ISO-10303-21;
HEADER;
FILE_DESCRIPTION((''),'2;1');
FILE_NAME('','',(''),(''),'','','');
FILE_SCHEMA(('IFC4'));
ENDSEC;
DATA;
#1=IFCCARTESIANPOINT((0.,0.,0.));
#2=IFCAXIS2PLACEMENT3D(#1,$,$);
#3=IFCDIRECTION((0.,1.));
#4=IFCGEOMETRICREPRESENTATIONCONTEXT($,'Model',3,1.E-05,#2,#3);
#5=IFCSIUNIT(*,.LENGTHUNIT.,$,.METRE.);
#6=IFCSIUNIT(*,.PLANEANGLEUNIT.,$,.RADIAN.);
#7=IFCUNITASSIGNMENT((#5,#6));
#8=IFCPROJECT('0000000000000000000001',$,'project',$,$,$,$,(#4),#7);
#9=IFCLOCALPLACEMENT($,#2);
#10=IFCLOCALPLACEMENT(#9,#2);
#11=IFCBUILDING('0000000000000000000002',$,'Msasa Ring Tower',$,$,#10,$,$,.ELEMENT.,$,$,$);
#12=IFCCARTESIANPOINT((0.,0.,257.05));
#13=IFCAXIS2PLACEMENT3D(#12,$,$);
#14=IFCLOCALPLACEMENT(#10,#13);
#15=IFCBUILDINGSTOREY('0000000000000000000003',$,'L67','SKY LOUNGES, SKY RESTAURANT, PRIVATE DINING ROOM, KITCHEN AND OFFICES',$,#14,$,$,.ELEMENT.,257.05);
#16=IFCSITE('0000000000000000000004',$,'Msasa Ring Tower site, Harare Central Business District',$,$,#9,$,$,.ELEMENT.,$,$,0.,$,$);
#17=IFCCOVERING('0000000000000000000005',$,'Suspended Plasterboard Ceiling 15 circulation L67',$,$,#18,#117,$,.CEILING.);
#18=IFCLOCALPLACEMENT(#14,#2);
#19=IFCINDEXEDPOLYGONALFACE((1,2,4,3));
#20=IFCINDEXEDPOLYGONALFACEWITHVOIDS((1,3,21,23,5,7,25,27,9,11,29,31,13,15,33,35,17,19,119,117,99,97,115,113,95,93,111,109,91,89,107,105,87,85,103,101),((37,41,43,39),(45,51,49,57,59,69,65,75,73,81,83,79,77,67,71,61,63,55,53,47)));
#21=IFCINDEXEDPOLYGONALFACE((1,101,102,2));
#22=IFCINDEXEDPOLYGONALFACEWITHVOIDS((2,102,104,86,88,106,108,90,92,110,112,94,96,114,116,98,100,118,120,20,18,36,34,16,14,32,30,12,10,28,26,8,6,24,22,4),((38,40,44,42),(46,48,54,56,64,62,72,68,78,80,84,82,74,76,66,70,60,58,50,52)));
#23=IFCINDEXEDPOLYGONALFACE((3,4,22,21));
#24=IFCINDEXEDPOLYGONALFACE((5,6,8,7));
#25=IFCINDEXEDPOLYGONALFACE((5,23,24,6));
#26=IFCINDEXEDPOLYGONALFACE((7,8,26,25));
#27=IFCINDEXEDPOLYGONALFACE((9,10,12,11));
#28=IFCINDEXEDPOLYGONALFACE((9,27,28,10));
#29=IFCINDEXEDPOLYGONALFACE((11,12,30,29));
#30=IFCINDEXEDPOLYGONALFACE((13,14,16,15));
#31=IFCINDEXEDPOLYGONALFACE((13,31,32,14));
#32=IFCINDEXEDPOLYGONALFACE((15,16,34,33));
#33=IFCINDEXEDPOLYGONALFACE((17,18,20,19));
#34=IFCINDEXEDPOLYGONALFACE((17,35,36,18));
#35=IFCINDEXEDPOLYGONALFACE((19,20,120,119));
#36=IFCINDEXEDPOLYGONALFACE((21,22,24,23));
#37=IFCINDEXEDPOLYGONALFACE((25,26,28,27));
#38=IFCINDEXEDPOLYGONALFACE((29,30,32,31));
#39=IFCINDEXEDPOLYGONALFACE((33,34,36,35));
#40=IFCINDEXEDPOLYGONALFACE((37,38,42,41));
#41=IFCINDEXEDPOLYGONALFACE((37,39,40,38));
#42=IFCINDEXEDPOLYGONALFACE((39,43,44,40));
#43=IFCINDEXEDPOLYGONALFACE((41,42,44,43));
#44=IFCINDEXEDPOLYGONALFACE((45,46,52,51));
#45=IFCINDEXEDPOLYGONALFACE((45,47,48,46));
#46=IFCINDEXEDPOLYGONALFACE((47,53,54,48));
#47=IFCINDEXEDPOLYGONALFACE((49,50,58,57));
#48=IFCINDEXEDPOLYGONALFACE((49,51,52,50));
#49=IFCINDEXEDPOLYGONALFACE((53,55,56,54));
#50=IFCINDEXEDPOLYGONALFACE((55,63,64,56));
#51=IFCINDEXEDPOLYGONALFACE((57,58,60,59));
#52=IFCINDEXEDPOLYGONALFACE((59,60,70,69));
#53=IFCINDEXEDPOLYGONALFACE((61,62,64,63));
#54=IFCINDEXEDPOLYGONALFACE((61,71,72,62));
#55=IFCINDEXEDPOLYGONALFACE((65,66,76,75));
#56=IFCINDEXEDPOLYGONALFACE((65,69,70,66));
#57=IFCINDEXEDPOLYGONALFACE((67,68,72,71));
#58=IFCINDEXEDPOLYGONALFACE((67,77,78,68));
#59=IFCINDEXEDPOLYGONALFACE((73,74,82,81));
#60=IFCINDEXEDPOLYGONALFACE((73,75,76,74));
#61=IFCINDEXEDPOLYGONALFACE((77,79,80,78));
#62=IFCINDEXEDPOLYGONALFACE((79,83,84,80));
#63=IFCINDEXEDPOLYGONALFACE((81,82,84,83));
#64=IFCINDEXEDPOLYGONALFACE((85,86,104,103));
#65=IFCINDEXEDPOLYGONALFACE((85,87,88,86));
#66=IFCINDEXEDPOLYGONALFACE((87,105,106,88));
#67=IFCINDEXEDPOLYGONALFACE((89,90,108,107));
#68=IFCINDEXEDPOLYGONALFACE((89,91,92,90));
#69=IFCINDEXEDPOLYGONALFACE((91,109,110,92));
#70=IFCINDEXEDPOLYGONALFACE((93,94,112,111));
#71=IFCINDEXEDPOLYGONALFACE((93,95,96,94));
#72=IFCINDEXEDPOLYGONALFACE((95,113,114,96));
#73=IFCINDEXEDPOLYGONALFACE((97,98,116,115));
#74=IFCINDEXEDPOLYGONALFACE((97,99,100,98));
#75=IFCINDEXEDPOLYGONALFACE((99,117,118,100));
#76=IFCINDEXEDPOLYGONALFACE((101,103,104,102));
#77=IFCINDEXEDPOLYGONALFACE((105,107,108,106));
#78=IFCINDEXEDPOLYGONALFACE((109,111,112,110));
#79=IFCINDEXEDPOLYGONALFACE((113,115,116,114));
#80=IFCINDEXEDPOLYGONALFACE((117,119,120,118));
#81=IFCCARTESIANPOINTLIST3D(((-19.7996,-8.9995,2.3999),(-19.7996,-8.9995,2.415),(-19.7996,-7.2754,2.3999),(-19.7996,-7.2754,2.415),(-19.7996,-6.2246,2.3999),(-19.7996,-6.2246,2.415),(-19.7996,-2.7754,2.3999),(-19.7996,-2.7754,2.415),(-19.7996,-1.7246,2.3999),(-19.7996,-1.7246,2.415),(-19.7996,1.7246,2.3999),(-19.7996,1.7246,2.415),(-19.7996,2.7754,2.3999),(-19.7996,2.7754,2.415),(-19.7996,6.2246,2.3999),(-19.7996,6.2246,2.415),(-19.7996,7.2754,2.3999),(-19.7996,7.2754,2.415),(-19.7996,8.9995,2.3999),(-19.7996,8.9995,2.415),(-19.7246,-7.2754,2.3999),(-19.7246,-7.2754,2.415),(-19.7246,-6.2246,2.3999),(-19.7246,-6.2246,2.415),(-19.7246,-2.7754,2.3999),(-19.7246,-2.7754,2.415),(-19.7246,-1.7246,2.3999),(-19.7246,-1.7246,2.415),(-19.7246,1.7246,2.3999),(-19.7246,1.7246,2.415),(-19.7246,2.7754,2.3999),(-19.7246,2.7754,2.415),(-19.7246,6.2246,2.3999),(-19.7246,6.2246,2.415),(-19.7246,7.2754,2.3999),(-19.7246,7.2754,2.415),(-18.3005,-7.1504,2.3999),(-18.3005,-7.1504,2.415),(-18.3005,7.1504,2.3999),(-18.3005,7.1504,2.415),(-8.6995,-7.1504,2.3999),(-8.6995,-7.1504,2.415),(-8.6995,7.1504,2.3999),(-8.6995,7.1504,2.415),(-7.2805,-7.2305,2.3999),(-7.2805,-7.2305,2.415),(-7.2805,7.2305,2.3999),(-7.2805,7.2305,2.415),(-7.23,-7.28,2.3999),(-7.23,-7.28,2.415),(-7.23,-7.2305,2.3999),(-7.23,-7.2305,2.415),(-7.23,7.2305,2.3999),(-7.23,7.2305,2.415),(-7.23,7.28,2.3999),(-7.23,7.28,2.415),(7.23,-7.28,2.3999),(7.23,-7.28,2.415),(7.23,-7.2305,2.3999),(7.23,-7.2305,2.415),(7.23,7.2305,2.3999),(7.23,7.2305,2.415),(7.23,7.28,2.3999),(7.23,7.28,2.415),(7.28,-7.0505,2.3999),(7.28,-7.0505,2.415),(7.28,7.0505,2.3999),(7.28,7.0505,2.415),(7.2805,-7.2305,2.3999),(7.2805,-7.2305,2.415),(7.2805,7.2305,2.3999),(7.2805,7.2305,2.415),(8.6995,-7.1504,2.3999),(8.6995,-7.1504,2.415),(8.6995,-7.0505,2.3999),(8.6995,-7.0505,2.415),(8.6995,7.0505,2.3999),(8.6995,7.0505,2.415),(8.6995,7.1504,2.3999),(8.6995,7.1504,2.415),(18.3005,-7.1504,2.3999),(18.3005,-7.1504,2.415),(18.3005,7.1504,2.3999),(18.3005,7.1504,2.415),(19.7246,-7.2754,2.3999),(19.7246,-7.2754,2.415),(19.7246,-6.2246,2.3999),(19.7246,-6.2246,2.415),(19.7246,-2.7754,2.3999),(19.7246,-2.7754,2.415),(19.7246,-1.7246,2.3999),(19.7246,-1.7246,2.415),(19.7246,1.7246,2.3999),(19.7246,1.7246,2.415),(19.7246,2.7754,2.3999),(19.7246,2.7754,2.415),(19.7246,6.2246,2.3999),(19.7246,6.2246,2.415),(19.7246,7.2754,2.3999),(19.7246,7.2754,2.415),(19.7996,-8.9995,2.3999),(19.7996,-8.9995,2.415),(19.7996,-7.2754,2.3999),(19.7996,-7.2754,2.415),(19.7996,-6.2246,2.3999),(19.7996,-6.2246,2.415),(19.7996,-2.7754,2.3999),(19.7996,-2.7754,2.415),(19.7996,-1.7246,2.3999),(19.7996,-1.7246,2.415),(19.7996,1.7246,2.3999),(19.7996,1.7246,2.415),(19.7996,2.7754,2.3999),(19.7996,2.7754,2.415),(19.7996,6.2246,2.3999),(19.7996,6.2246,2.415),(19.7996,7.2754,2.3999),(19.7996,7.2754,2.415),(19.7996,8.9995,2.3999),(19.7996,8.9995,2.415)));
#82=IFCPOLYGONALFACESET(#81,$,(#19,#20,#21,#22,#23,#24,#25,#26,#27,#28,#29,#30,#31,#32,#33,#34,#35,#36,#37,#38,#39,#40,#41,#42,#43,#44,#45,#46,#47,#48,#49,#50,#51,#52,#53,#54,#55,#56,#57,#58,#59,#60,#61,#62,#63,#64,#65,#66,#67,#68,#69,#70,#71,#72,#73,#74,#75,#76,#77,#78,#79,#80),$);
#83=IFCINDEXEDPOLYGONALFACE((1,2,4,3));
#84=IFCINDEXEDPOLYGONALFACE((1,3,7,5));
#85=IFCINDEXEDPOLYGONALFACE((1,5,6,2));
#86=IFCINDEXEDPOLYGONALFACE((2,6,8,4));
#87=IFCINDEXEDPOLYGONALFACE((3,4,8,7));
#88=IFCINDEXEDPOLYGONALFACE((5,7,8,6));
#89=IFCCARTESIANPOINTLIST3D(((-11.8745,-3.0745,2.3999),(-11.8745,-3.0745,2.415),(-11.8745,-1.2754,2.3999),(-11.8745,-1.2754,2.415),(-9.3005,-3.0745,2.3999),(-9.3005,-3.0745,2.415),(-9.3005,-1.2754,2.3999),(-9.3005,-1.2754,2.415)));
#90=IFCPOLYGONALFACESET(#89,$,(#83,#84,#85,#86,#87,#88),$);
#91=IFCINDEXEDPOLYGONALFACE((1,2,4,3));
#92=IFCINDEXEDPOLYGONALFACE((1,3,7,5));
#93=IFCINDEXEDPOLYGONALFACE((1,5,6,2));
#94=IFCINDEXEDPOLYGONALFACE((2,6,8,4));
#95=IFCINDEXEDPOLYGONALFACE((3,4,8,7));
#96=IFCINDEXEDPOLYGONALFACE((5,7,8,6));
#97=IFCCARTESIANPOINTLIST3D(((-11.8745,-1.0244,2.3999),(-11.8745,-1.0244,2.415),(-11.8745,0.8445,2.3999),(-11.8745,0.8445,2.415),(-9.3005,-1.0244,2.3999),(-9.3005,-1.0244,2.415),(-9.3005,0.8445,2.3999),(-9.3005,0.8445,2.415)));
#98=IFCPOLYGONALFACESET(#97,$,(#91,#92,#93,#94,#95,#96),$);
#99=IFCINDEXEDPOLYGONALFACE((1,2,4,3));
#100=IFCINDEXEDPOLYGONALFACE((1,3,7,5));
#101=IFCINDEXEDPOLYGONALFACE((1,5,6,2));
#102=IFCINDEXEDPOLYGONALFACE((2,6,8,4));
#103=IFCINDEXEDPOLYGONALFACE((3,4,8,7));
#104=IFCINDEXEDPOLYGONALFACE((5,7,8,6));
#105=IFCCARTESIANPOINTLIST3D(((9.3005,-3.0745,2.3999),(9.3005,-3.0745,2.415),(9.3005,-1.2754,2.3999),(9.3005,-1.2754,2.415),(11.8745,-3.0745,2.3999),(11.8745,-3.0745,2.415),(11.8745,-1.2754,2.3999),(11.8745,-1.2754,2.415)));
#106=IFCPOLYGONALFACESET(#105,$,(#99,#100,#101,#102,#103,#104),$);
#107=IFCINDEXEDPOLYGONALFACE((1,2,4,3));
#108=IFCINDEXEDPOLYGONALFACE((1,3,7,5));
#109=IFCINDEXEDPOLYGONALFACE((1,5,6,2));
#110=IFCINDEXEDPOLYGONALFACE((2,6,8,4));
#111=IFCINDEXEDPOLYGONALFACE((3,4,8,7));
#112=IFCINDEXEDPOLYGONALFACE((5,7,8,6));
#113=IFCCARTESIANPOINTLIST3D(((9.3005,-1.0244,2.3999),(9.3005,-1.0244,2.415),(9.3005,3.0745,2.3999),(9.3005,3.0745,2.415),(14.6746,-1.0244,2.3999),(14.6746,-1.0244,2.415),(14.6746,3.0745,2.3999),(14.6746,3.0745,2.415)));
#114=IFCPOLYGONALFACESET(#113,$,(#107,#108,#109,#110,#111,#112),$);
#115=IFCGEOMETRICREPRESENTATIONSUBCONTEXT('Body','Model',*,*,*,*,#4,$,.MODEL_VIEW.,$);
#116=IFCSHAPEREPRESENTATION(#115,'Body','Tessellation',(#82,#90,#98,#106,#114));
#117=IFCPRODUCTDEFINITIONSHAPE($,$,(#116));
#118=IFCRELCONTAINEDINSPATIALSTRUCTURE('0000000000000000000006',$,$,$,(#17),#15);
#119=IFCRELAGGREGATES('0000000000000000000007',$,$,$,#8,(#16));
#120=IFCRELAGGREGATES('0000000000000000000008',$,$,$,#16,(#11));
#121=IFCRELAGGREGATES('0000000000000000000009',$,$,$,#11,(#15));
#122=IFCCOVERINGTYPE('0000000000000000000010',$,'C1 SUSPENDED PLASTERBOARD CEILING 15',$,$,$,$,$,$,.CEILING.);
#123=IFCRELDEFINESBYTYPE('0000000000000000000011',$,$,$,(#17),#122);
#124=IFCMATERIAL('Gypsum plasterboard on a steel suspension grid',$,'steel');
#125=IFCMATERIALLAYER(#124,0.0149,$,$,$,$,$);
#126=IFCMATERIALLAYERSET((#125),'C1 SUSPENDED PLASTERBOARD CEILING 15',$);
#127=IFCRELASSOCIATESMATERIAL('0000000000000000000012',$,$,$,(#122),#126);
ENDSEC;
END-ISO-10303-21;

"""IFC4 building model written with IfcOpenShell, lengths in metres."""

from ifc_helpers import new_model, si_unit, direction, frame, origin, place, context, subcontext, project, spatial, line, indexed_curve, outline, extrude, material, layer, layer_set, type_object, element, save


model = new_model("IFC4")

# Units and contexts
model_context = context("Model", 3, precision=1e-05, world=origin(), true_north=direction((0.0, 1.0)))
body_context = subcontext(model_context, "Body", "Model", "MODEL_VIEW")
ifc_project = project(units=[si_unit("LENGTHUNIT", "METRE"), si_unit("PLANEANGLEUNIT", "RADIAN")], contexts=[model_context])

# Site, building, storey
site_placement = place(None, origin())
site = spatial("IfcSite", under=ifc_project, at=site_placement, Name="Msasa Ring Tower site, Harare Central Business District", CompositionType="ELEMENT", RefElevation=0.0)
building_placement = place(site_placement, origin())
building = spatial("IfcBuilding", under=site, at=building_placement, Name="Msasa Ring Tower", CompositionType="ELEMENT")
storey_placement = place(building_placement, frame((0.0, 0.0, 257.05)))
storey = spatial("IfcBuildingStorey", under=building, at=storey_placement, Name="L67", Description="SKY LOUNGES, SKY RESTAURANT, PRIVATE DINING ROOM, KITCHEN AND OFFICES", CompositionType="ELEMENT", Elevation=257.05)

# Covering
ifc_material_1 = material(Name="Gypsum plasterboard on a steel suspension grid", Category="steel")
ifc_layer_1 = layer(ifc_material_1, 0.0149)
ifc_layer_set_1 = layer_set([ifc_layer_1], Name="C1 SUSPENDED PLASTERBOARD CEILING 15")
covering_type_1 = type_object("IfcCoveringType", Name="C1 SUSPENDED PLASTERBOARD CEILING 15", PredefinedType="CEILING", material=ifc_layer_set_1)
covering_1_placement = place(storey_placement, frame((0.0, 0.0, 2.3999)))
element("IfcCovering", 1, at=covering_1_placement, inside=storey, type_object=covering_type_1, Name="Suspended Plasterboard Ceiling 15 circulation L67", PredefinedType="CEILING", context=body_context, shape_type="SweptSolid", body=[
    extrude(outline(indexed_curve([(19.7996, 7.2754), (19.7246, 7.2754), (19.7246, 6.2246), (19.7996, 6.2246), (19.7996, 2.7754), (19.7246, 2.7754), (19.7246, 1.7246), (19.7996, 1.7246), (19.7996, -1.7246), (19.7246, -1.7246), (19.7246, -2.7754), (19.7996, -2.7754), (19.7996, -6.2246), (19.7246, -6.2246), (19.7246, -7.2754), (19.7996, -7.2754), (19.7996, -8.9995), (-19.7996, -8.9995), (-19.7996, -7.2754), (-19.7246, -7.2754), (-19.7246, -6.2246), (-19.7996, -6.2246), (-19.7996, -2.7754), (-19.7246, -2.7754), (-19.7246, -1.7246), (-19.7996, -1.7246), (-19.7996, 1.7246), (-19.7246, 1.7246), (-19.7246, 2.7754), (-19.7996, 2.7754), (-19.7996, 6.2246), (-19.7246, 6.2246), (-19.7246, 7.2754), (-19.7996, 7.2754), (-19.7996, 8.9995), (19.7996, 8.9995)], segments=[line(1, 2, 3, 4, 5, 6, 7, 8, 9, 10, 11, 12, 13, 14, 15, 16, 17, 18, 19, 20, 21, 22, 23, 24, 25, 26, 27, 28, 29, 30, 31, 32, 33, 34, 35, 36, 1)], self_intersect=False), holes=[indexed_curve([(8.6995, -7.1504), (18.3005, -7.1504), (18.3005, 7.1504), (8.6995, 7.1504), (8.6995, 7.0505), (7.28, 7.0505), (7.2805, 7.2305), (7.23, 7.2305), (7.23, 7.28), (-7.23, 7.28), (-7.23, 7.2305), (-7.2805, 7.2305), (-7.2805, -7.2305), (-7.23, -7.2305), (-7.23, -7.28), (7.23, -7.28), (7.23, -7.2305), (7.2805, -7.2305), (7.28, -7.0505), (8.6995, -7.0505)], segments=[line(1, 2, 3, 4, 5, 6, 7, 8, 9, 10, 11, 12, 13, 14, 15, 16, 17, 18, 19, 20, 1)], self_intersect=False), indexed_curve([(-8.6995, -7.1504), (-8.6995, 7.1504), (-18.3005, 7.1504), (-18.3005, -7.1504)], segments=[line(1, 2, 3, 4, 1)], self_intersect=False)]), origin(), (0.0, 0.0, 1.0), 0.0151),
    extrude(outline(indexed_curve([(-9.3005, -3.0745), (-11.8745, -3.0745), (-11.8745, -1.2754), (-9.3005, -1.2754)], segments=[line(1, 2, 3, 4, 1)], self_intersect=False)), origin(), (0.0, 0.0, 1.0), 0.0151),
    extrude(outline(indexed_curve([(-9.3005, -1.0244), (-11.8745, -1.0244), (-11.8745, 0.8445), (-9.3005, 0.8445)], segments=[line(1, 2, 3, 4, 1)], self_intersect=False)), origin(), (0.0, 0.0, 1.0), 0.0151),
    extrude(outline(indexed_curve([(11.8745, -3.0745), (9.3005, -3.0745), (9.3005, -1.2754), (11.8745, -1.2754)], segments=[line(1, 2, 3, 4, 1)], self_intersect=False)), origin(), (0.0, 0.0, 1.0), 0.0151),
    extrude(outline(indexed_curve([(9.3005, -1.0244), (9.3005, 3.0745), (14.6746, 3.0745), (14.6746, -1.0244)], segments=[line(1, 2, 3, 4, 1)], self_intersect=False)), origin(), (0.0, 0.0, 1.0), 0.0151),
])

save(model, "model.ifc")
